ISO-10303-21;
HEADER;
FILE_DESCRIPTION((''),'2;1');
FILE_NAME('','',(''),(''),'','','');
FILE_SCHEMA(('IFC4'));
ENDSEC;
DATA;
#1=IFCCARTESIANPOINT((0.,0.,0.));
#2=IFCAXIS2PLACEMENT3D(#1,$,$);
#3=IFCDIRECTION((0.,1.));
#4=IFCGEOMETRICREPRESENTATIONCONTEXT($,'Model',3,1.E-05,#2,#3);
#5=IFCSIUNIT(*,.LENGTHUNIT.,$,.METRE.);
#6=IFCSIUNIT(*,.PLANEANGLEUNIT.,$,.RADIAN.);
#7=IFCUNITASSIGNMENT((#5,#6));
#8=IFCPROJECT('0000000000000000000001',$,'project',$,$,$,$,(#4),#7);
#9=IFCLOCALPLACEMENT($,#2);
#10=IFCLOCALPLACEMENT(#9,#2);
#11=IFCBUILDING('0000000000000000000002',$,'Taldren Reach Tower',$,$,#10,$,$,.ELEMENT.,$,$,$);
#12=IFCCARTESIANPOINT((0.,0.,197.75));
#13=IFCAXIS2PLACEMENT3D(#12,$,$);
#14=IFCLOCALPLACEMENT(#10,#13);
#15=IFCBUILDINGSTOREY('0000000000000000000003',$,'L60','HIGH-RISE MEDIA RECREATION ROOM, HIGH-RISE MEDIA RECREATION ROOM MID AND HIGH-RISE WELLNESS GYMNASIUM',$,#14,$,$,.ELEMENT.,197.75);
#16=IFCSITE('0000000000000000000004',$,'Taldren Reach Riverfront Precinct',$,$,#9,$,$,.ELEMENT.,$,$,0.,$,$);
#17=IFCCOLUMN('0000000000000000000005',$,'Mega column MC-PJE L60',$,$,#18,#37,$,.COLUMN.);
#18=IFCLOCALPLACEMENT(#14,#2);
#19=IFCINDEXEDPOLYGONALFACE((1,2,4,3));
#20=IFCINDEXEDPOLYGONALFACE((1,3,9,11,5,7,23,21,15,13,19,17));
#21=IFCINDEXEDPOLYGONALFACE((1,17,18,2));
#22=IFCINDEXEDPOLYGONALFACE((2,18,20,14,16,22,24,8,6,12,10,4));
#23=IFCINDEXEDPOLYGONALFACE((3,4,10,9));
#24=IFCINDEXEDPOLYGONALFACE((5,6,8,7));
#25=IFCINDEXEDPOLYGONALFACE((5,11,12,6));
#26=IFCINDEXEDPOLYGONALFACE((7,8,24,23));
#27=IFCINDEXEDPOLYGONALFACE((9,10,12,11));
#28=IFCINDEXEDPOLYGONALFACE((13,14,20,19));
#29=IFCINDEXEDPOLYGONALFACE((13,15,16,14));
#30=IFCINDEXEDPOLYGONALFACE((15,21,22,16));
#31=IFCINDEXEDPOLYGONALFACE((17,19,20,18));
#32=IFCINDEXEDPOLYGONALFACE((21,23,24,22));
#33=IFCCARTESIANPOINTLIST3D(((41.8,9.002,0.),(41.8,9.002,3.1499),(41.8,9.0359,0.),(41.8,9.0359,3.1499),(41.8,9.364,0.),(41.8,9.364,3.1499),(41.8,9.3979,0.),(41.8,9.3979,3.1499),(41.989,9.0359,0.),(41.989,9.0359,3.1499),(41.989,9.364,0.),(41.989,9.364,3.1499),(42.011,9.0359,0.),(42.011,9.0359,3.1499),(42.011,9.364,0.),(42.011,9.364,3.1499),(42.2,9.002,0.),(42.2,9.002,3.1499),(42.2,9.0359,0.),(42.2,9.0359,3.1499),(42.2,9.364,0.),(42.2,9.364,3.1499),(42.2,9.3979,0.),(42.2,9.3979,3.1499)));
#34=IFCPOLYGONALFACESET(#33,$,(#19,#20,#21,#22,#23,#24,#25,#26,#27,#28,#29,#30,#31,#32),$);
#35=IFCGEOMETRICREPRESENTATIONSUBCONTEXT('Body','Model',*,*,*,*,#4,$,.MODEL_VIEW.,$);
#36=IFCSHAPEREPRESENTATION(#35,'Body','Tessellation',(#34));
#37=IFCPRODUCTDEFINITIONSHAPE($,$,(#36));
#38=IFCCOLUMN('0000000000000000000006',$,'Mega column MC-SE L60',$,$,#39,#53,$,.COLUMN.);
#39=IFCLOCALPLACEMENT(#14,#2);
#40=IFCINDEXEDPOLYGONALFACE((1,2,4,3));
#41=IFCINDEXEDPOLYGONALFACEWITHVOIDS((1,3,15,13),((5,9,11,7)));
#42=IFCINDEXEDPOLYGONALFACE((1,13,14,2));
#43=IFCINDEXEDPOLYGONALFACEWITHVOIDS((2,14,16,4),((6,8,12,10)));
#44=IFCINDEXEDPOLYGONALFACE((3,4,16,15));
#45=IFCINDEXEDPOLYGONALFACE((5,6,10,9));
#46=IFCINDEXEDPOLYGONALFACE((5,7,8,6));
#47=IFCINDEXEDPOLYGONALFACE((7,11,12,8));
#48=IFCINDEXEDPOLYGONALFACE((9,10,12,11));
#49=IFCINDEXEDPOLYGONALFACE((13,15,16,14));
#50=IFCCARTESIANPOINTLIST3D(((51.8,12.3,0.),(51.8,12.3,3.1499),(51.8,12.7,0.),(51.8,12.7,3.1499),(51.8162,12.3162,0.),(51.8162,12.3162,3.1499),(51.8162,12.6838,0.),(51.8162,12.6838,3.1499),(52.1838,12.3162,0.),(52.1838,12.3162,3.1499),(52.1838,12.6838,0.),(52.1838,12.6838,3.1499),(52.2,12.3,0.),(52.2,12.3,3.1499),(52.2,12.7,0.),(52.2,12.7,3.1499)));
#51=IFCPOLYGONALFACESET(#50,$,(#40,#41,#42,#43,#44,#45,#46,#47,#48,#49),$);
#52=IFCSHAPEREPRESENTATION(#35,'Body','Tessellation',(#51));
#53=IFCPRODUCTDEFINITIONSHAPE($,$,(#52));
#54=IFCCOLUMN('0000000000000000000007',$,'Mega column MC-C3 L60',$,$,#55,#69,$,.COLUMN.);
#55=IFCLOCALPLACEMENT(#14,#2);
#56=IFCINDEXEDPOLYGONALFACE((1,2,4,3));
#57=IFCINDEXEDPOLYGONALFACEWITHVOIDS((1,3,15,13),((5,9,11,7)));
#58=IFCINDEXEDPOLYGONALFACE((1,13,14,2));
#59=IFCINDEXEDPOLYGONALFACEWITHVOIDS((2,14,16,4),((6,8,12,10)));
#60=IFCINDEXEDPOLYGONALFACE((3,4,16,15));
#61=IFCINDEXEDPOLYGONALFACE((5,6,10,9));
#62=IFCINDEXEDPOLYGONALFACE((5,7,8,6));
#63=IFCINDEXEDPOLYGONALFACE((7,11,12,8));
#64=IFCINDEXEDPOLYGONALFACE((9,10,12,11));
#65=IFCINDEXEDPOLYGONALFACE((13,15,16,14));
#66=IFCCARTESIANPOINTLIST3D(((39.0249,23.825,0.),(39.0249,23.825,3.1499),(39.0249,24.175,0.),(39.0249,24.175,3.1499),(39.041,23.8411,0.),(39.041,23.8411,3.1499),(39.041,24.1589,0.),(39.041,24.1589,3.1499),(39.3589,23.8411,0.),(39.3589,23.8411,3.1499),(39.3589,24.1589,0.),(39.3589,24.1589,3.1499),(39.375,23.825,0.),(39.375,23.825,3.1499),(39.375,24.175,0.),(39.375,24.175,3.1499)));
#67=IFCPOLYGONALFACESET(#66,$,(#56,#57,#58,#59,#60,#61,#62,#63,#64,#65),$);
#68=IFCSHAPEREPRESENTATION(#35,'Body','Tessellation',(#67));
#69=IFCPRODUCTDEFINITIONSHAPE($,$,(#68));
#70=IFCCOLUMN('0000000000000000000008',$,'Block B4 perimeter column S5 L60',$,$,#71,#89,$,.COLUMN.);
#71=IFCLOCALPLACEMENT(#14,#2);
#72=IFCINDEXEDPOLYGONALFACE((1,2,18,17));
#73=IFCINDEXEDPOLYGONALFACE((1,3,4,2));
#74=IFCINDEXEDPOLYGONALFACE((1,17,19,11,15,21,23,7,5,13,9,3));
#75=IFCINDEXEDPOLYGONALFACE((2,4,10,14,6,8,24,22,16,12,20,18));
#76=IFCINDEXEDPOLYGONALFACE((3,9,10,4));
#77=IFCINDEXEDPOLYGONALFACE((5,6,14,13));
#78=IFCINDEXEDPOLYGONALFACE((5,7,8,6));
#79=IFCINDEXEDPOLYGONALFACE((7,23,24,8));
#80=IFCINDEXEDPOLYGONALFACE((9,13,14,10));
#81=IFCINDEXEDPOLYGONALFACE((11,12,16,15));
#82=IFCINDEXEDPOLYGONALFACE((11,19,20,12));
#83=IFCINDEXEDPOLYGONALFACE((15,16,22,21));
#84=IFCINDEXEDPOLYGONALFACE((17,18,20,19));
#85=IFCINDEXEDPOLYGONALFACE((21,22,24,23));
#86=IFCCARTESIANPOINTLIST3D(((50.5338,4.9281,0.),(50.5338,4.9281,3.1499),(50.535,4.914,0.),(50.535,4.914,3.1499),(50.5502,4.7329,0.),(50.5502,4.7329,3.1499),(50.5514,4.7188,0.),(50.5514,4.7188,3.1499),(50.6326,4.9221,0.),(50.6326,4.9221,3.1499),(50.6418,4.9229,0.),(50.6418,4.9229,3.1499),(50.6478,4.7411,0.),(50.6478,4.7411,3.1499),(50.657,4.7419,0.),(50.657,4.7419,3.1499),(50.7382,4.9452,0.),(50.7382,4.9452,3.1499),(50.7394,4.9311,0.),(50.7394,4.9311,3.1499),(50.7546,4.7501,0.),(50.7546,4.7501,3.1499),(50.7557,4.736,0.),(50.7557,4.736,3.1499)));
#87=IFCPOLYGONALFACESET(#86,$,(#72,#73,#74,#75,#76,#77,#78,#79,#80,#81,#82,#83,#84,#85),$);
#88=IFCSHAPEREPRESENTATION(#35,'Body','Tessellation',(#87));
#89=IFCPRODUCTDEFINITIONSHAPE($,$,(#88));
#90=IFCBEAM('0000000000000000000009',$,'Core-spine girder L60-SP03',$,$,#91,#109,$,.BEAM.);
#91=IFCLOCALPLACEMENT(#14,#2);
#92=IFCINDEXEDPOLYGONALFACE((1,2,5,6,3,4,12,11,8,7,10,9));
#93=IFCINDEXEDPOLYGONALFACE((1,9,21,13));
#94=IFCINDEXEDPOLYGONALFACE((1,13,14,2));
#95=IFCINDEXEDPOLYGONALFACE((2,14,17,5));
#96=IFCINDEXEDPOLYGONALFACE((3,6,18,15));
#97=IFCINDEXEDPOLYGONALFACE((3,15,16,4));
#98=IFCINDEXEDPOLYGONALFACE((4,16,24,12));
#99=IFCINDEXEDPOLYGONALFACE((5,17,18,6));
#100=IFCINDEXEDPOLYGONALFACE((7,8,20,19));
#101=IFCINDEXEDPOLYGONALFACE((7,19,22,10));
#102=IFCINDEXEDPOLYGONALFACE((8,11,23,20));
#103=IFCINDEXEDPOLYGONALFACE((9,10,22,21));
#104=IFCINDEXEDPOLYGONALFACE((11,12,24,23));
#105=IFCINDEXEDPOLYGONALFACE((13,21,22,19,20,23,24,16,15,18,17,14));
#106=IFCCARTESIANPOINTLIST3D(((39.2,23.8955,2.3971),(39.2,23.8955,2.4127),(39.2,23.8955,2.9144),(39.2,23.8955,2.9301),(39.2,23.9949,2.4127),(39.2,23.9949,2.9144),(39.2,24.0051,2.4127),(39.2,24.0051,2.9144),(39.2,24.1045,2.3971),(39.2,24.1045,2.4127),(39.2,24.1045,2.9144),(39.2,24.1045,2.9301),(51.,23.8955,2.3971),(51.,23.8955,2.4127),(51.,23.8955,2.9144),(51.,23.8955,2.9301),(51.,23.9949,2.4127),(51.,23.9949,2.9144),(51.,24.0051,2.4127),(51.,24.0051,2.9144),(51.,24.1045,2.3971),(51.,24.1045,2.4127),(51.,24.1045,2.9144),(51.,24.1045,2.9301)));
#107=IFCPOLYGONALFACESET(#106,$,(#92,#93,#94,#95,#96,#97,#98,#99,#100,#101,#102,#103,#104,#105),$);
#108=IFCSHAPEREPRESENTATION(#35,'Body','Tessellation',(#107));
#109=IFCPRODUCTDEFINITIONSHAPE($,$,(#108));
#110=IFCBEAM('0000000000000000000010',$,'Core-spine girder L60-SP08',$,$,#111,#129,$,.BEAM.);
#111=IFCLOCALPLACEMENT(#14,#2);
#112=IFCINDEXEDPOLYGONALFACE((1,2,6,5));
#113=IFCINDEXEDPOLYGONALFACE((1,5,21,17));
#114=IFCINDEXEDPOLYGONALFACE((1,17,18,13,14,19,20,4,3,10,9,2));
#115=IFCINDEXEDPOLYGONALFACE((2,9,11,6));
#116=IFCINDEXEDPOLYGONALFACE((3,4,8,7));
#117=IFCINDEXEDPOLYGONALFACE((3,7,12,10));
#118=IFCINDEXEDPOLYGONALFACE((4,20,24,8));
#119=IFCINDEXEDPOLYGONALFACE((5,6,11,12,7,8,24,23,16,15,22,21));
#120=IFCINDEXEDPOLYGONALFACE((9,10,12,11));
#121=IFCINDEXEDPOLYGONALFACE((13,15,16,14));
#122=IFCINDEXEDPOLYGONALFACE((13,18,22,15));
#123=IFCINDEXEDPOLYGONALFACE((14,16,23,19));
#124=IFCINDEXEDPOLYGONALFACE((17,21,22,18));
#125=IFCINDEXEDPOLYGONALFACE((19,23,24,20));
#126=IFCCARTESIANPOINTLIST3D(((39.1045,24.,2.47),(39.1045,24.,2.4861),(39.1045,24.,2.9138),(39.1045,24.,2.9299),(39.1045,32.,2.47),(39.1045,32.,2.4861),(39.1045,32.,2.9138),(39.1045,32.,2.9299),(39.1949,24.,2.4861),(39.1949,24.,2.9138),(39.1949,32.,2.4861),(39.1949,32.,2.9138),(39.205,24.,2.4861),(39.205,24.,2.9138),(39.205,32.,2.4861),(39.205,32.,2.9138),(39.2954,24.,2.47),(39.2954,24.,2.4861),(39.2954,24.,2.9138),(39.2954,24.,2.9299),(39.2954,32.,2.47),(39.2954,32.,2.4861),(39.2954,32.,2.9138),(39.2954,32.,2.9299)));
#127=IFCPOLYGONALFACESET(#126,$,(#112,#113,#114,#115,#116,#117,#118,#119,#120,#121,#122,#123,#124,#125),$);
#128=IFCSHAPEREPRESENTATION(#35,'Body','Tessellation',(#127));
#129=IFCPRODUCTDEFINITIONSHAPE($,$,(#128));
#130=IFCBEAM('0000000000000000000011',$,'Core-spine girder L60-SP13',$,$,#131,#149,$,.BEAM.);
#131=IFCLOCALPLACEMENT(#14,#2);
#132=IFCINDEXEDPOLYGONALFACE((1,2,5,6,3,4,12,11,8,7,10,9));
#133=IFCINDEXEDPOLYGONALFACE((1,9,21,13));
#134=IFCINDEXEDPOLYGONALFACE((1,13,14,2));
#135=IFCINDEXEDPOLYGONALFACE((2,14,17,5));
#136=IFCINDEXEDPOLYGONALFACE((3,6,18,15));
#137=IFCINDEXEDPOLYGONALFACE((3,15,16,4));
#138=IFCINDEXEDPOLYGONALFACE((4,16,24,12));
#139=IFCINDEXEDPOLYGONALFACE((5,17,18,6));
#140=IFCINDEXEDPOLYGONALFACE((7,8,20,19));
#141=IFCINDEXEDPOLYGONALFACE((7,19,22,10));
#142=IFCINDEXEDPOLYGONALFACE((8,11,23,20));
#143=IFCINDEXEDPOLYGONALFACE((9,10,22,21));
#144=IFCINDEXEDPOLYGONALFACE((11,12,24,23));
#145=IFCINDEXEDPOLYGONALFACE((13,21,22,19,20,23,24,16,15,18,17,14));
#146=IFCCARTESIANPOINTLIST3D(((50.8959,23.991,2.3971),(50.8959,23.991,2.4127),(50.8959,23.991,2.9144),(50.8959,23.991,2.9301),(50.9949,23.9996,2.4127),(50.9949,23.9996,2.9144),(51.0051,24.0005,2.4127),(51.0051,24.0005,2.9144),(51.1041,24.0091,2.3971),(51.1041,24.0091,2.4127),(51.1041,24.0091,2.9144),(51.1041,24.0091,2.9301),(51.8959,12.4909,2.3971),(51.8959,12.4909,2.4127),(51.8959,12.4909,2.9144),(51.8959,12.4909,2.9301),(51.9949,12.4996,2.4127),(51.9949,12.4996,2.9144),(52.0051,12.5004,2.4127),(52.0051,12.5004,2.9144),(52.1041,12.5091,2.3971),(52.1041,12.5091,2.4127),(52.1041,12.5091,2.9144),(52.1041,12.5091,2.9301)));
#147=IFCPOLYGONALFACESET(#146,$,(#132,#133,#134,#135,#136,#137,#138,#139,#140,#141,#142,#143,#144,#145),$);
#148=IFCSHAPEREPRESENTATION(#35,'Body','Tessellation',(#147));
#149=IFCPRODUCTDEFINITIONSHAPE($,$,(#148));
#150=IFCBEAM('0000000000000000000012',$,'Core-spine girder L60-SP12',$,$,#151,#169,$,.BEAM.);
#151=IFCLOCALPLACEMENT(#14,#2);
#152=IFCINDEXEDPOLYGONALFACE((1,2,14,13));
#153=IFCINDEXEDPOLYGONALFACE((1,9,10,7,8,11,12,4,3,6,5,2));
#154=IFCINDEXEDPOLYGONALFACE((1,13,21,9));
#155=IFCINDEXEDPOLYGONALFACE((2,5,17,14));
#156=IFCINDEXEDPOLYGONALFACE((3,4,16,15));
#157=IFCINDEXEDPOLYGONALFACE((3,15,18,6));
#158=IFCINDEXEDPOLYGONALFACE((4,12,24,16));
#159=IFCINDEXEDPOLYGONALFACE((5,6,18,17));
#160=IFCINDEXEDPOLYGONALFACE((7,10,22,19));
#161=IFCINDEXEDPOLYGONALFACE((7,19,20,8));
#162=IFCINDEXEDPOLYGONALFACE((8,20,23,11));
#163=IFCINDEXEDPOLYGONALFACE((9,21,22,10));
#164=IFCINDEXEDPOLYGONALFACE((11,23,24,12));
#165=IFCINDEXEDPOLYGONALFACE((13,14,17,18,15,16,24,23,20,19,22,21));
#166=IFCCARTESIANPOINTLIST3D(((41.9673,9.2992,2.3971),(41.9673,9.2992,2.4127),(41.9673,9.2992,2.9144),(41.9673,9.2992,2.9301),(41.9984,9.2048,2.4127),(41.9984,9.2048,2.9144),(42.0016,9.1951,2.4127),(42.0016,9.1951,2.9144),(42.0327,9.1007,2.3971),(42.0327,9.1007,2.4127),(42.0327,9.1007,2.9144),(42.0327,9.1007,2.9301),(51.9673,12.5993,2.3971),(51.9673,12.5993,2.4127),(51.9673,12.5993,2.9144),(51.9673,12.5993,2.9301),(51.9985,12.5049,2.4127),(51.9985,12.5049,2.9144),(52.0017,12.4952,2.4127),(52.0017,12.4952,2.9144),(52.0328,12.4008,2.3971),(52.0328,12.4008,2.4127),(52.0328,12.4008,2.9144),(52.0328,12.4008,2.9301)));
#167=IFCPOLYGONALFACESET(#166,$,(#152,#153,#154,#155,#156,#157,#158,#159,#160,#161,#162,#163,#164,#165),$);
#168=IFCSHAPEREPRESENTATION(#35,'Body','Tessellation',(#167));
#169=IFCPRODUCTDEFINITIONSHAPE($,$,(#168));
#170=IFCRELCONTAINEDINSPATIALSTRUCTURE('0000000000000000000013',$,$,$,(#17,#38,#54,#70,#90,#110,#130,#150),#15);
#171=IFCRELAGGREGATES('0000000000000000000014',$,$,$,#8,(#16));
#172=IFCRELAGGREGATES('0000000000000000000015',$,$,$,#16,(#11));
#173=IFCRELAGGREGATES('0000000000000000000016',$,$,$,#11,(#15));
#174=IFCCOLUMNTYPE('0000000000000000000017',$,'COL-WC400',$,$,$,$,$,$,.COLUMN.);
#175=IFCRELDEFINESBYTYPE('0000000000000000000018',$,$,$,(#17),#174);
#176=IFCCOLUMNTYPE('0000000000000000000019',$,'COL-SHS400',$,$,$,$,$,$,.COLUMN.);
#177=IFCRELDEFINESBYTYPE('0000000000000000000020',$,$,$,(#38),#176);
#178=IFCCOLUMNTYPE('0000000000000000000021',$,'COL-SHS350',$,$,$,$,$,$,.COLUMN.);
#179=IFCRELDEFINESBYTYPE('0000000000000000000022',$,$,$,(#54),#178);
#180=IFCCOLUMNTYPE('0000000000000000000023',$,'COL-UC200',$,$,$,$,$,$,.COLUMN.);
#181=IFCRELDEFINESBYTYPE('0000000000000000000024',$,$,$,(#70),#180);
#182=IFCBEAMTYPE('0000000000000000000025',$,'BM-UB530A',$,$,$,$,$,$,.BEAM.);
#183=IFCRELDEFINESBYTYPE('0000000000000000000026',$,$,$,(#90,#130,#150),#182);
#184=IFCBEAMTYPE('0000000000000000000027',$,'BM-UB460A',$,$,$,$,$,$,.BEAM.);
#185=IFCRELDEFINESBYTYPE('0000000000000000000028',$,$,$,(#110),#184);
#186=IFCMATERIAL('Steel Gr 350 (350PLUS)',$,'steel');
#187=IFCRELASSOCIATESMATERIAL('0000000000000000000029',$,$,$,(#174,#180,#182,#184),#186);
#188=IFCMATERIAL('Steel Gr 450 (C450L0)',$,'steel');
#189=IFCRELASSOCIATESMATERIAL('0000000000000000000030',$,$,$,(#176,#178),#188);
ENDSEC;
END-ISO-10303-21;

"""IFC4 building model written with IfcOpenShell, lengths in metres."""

from ifc_helpers import new_model, si_unit, direction, frame, origin, origin_2d, place, context, subcontext, project, spatial, hollow_rectangle, i_section, extrude, source, transform, mapped, material, material_profile, profile_set, type_object, element, save


model = new_model("IFC4")

# Units and contexts
model_context = context("Model", 3, precision=1e-05, world=origin(), true_north=direction((0.0, 1.0)))
body_context = subcontext(model_context, "Body", "Model", "MODEL_VIEW")
ifc_project = project(units=[si_unit("LENGTHUNIT", "METRE"), si_unit("PLANEANGLEUNIT", "RADIAN")], contexts=[model_context])

# Site, building, storey
site_placement = place(None, origin())
site = spatial("IfcSite", under=ifc_project, at=site_placement, Name="Taldren Reach Riverfront Precinct", CompositionType="ELEMENT", RefElevation=0.0)
building_placement = place(site_placement, origin())
building = spatial("IfcBuilding", under=site, at=building_placement, Name="Taldren Reach Tower", CompositionType="ELEMENT")
storey_placement = place(building_placement, frame((0.0, 0.0, 197.75)))
storey = spatial("IfcBuildingStorey", under=building, at=storey_placement, Name="L60", Description="HIGH-RISE MEDIA RECREATION ROOM, HIGH-RISE MEDIA RECREATION ROOM MID AND HIGH-RISE WELLNESS GYMNASIUM", CompositionType="ELEMENT", Elevation=197.75)

# Columns
ifc_material_1 = material(Name="Steel Gr 350 (350PLUS)", Category="steel")
ifc_material_profile_1 = material_profile(ifc_material_1, i_section(OverallWidth=0.3999, OverallDepth=0.396, WebThickness=0.022, FlangeThickness=0.0339, at=origin_2d()), Name="400WC270")
ifc_profile_set_1 = profile_set([ifc_material_profile_1], Name="Steel Gr 350 (350PLUS)")
column_type_1 = type_object("IfcColumnType", Name="COL-WC400", PredefinedType="COLUMN", material=ifc_profile_set_1)
shared_shape_1 = source(origin(), body_context, "Body", "SweptSolid", [
    extrude(i_section(OverallWidth=0.3999, OverallDepth=0.396, WebThickness=0.022, FlangeThickness=0.0339, at=origin_2d()), origin(), (0.0, 0.0, 1.0), 3.1499),
])
column_1_placement = place(storey_placement, frame((42.0, 9.2, 0.0), z_axis=(0.0, 0.0, 1.0), x_axis=(1.0, 0.0, 0.0)))
element("IfcColumn", 1, at=column_1_placement, inside=storey, type_object=column_type_1, Name="Mega column MC-PJE L60", PredefinedType="COLUMN", context=body_context, shape_type="MappedRepresentation", body=[
    mapped(shared_shape_1, transform((0.0, 0.0, 0.0), scale=1.0)),
])
ifc_material_2 = material(Name="Steel Gr 450 (C450L0)", Category="steel")
ifc_material_profile_2 = material_profile(ifc_material_2, hollow_rectangle(XDim=0.3999, YDim=0.3999, WallThickness=0.0161, at=origin_2d()), Name="400x400x16.0SHS")
ifc_profile_set_2 = profile_set([ifc_material_profile_2], Name="Steel Gr 450 (C450L0)")
column_type_2 = type_object("IfcColumnType", Name="COL-SHS400", PredefinedType="COLUMN", material=ifc_profile_set_2)
shared_shape_2 = source(origin(), body_context, "Body", "SweptSolid", [
    extrude(hollow_rectangle(XDim=0.3999, YDim=0.3999, WallThickness=0.0161, at=origin_2d()), origin(), (0.0, 0.0, 1.0), 3.1499),
])
column_2_placement = place(storey_placement, frame((52.0, 12.5, 0.0), z_axis=(0.0, 0.0, 1.0), x_axis=(1.0, 0.0, 0.0)))
element("IfcColumn", 2, at=column_2_placement, inside=storey, type_object=column_type_2, Name="Mega column MC-SE L60", PredefinedType="COLUMN", context=body_context, shape_type="MappedRepresentation", body=[
    mapped(shared_shape_2, transform((0.0, 0.0, 0.0), scale=1.0)),
])
ifc_material_profile_3 = material_profile(ifc_material_2, hollow_rectangle(XDim=0.3501, YDim=0.3501, WallThickness=0.0161, at=origin_2d()), Name="350x350x16.0SHS")
ifc_profile_set_3 = profile_set([ifc_material_profile_3], Name="Steel Gr 450 (C450L0)")
column_type_3 = type_object("IfcColumnType", Name="COL-SHS350", PredefinedType="COLUMN", material=ifc_profile_set_3)
shared_shape_3 = source(origin(), body_context, "Body", "SweptSolid", [
    extrude(hollow_rectangle(XDim=0.3501, YDim=0.3501, WallThickness=0.0161, at=origin_2d()), origin(), (0.0, 0.0, 1.0), 3.1499),
])
column_3_placement = place(storey_placement, frame((39.2, 24.0, 0.0), z_axis=(0.0, 0.0, 1.0), x_axis=(1.0, 0.0, 0.0)))
element("IfcColumn", 3, at=column_3_placement, inside=storey, type_object=column_type_3, Name="Mega column MC-C3 L60", PredefinedType="COLUMN", context=body_context, shape_type="MappedRepresentation", body=[
    mapped(shared_shape_3, transform((0.0, 0.0, 0.0), scale=1.0)),
])
ifc_material_profile_4 = material_profile(ifc_material_1, i_section(OverallWidth=0.2051, OverallDepth=0.21, WebThickness=0.0093, FlangeThickness=0.0142, at=origin_2d()), Name="200UC59.5")
ifc_profile_set_4 = profile_set([ifc_material_profile_4], Name="Steel Gr 350 (350PLUS)")
column_type_4 = type_object("IfcColumnType", Name="COL-UC200", PredefinedType="COLUMN", material=ifc_profile_set_4)
shared_shape_4 = source(origin(), body_context, "Body", "SweptSolid", [
    extrude(i_section(OverallWidth=0.2051, OverallDepth=0.21, WebThickness=0.0093, FlangeThickness=0.0142, at=origin_2d()), origin(), (0.0, 0.0, 1.0), 3.1499),
])
column_4_placement = place(storey_placement, frame((50.6448, 4.832, 0.0), z_axis=(0.0, 0.0, 1.0), x_axis=(0.996493, 0.083678, 0.0)))
element("IfcColumn", 4, at=column_4_placement, inside=storey, type_object=column_type_4, Name="Block B4 perimeter column S5 L60", PredefinedType="COLUMN", context=body_context, shape_type="MappedRepresentation", body=[
    mapped(shared_shape_4, transform((0.0, 0.0, 0.0), scale=1.0)),
])

# Beams
ifc_material_profile_5 = material_profile(ifc_material_1, i_section(OverallWidth=0.209, OverallDepth=0.533, WebThickness=0.0103, FlangeThickness=0.0156, at=origin_2d()), Name="530UB92.4")
ifc_profile_set_5 = profile_set([ifc_material_profile_5], Name="Steel Gr 350 (350PLUS)")
beam_type_1 = type_object("IfcBeamType", Name="BM-UB530A", PredefinedType="BEAM", material=ifc_profile_set_5)
shared_shape_5 = source(origin(), body_context, "Body", "SweptSolid", [
    extrude(i_section(OverallWidth=0.209, OverallDepth=0.533, WebThickness=0.0103, FlangeThickness=0.0156, at=origin_2d()), origin(), (0.0, 0.0, 1.0), 11.8),
])
beam_1_placement = place(storey_placement, frame((39.2, 24.0, 2.6636), z_axis=(1.0, 0.0, 0.0), x_axis=(0.0, 1.0, 0.0)))
element("IfcBeam", 5, at=beam_1_placement, inside=storey, type_object=beam_type_1, Name="Core-spine girder L60-SP03", PredefinedType="BEAM", context=body_context, shape_type="MappedRepresentation", body=[
    mapped(shared_shape_5, transform((0.0, 0.0, 0.0), scale=1.0)),
])
ifc_material_profile_6 = material_profile(ifc_material_1, i_section(OverallWidth=0.1909, OverallDepth=0.46, WebThickness=0.01, FlangeThickness=0.0161, at=origin_2d()), Name="460UB82.1")
ifc_profile_set_6 = profile_set([ifc_material_profile_6], Name="Steel Gr 350 (350PLUS)")
beam_type_2 = type_object("IfcBeamType", Name="BM-UB460A", PredefinedType="BEAM", material=ifc_profile_set_6)
shared_shape_6 = source(origin(), body_context, "Body", "SweptSolid", [
    extrude(i_section(OverallWidth=0.1909, OverallDepth=0.46, WebThickness=0.01, FlangeThickness=0.0161, at=origin_2d()), origin(), (0.0, 0.0, 1.0), 8.0),
])
beam_2_placement = place(storey_placement, frame((39.2, 24.0, 2.7), z_axis=(0.0, 1.0, 0.0), x_axis=(-1.0, 0.0, 0.0)))
element("IfcBeam", 6, at=beam_2_placement, inside=storey, type_object=beam_type_2, Name="Core-spine girder L60-SP08", PredefinedType="BEAM", context=body_context, shape_type="MappedRepresentation", body=[
    mapped(shared_shape_6, transform((0.0, 0.0, 0.0), scale=1.0)),
])
shared_shape_7 = source(origin(), body_context, "Body", "SweptSolid", [
    extrude(i_section(OverallWidth=0.209, OverallDepth=0.533, WebThickness=0.0103, FlangeThickness=0.0156, at=origin_2d()), origin(), (0.0, 0.0, 1.0), 11.5435),
])
beam_3_placement = place(storey_placement, frame((52.0, 12.5, 2.6636), z_axis=(-0.08663, 0.996241, 0.0), x_axis=(-0.996241, -0.08663, 0.0)))
element("IfcBeam", 7, at=beam_3_placement, inside=storey, type_object=beam_type_1, Name="Core-spine girder L60-SP13", PredefinedType="BEAM", context=body_context, shape_type="MappedRepresentation", body=[
    mapped(shared_shape_7, transform((0.0, 0.0, 0.0), scale=1.0)),
])
shared_shape_8 = source(origin(), body_context, "Body", "SweptSolid", [
    extrude(i_section(OverallWidth=0.209, OverallDepth=0.533, WebThickness=0.0103, FlangeThickness=0.0156, at=origin_2d()), origin(), (0.0, 0.0, 1.0), 10.5305),
])
beam_4_placement = place(storey_placement, frame((42.0, 9.2, 2.6636), z_axis=(0.949627, 0.313382, 0.0), x_axis=(-0.313382, 0.949627, 0.0)))
element("IfcBeam", 8, at=beam_4_placement, inside=storey, type_object=beam_type_1, Name="Core-spine girder L60-SP12", PredefinedType="BEAM", context=body_context, shape_type="MappedRepresentation", body=[
    mapped(shared_shape_8, transform((0.0, 0.0, 0.0), scale=1.0)),
])

save(model, "model.ifc")
